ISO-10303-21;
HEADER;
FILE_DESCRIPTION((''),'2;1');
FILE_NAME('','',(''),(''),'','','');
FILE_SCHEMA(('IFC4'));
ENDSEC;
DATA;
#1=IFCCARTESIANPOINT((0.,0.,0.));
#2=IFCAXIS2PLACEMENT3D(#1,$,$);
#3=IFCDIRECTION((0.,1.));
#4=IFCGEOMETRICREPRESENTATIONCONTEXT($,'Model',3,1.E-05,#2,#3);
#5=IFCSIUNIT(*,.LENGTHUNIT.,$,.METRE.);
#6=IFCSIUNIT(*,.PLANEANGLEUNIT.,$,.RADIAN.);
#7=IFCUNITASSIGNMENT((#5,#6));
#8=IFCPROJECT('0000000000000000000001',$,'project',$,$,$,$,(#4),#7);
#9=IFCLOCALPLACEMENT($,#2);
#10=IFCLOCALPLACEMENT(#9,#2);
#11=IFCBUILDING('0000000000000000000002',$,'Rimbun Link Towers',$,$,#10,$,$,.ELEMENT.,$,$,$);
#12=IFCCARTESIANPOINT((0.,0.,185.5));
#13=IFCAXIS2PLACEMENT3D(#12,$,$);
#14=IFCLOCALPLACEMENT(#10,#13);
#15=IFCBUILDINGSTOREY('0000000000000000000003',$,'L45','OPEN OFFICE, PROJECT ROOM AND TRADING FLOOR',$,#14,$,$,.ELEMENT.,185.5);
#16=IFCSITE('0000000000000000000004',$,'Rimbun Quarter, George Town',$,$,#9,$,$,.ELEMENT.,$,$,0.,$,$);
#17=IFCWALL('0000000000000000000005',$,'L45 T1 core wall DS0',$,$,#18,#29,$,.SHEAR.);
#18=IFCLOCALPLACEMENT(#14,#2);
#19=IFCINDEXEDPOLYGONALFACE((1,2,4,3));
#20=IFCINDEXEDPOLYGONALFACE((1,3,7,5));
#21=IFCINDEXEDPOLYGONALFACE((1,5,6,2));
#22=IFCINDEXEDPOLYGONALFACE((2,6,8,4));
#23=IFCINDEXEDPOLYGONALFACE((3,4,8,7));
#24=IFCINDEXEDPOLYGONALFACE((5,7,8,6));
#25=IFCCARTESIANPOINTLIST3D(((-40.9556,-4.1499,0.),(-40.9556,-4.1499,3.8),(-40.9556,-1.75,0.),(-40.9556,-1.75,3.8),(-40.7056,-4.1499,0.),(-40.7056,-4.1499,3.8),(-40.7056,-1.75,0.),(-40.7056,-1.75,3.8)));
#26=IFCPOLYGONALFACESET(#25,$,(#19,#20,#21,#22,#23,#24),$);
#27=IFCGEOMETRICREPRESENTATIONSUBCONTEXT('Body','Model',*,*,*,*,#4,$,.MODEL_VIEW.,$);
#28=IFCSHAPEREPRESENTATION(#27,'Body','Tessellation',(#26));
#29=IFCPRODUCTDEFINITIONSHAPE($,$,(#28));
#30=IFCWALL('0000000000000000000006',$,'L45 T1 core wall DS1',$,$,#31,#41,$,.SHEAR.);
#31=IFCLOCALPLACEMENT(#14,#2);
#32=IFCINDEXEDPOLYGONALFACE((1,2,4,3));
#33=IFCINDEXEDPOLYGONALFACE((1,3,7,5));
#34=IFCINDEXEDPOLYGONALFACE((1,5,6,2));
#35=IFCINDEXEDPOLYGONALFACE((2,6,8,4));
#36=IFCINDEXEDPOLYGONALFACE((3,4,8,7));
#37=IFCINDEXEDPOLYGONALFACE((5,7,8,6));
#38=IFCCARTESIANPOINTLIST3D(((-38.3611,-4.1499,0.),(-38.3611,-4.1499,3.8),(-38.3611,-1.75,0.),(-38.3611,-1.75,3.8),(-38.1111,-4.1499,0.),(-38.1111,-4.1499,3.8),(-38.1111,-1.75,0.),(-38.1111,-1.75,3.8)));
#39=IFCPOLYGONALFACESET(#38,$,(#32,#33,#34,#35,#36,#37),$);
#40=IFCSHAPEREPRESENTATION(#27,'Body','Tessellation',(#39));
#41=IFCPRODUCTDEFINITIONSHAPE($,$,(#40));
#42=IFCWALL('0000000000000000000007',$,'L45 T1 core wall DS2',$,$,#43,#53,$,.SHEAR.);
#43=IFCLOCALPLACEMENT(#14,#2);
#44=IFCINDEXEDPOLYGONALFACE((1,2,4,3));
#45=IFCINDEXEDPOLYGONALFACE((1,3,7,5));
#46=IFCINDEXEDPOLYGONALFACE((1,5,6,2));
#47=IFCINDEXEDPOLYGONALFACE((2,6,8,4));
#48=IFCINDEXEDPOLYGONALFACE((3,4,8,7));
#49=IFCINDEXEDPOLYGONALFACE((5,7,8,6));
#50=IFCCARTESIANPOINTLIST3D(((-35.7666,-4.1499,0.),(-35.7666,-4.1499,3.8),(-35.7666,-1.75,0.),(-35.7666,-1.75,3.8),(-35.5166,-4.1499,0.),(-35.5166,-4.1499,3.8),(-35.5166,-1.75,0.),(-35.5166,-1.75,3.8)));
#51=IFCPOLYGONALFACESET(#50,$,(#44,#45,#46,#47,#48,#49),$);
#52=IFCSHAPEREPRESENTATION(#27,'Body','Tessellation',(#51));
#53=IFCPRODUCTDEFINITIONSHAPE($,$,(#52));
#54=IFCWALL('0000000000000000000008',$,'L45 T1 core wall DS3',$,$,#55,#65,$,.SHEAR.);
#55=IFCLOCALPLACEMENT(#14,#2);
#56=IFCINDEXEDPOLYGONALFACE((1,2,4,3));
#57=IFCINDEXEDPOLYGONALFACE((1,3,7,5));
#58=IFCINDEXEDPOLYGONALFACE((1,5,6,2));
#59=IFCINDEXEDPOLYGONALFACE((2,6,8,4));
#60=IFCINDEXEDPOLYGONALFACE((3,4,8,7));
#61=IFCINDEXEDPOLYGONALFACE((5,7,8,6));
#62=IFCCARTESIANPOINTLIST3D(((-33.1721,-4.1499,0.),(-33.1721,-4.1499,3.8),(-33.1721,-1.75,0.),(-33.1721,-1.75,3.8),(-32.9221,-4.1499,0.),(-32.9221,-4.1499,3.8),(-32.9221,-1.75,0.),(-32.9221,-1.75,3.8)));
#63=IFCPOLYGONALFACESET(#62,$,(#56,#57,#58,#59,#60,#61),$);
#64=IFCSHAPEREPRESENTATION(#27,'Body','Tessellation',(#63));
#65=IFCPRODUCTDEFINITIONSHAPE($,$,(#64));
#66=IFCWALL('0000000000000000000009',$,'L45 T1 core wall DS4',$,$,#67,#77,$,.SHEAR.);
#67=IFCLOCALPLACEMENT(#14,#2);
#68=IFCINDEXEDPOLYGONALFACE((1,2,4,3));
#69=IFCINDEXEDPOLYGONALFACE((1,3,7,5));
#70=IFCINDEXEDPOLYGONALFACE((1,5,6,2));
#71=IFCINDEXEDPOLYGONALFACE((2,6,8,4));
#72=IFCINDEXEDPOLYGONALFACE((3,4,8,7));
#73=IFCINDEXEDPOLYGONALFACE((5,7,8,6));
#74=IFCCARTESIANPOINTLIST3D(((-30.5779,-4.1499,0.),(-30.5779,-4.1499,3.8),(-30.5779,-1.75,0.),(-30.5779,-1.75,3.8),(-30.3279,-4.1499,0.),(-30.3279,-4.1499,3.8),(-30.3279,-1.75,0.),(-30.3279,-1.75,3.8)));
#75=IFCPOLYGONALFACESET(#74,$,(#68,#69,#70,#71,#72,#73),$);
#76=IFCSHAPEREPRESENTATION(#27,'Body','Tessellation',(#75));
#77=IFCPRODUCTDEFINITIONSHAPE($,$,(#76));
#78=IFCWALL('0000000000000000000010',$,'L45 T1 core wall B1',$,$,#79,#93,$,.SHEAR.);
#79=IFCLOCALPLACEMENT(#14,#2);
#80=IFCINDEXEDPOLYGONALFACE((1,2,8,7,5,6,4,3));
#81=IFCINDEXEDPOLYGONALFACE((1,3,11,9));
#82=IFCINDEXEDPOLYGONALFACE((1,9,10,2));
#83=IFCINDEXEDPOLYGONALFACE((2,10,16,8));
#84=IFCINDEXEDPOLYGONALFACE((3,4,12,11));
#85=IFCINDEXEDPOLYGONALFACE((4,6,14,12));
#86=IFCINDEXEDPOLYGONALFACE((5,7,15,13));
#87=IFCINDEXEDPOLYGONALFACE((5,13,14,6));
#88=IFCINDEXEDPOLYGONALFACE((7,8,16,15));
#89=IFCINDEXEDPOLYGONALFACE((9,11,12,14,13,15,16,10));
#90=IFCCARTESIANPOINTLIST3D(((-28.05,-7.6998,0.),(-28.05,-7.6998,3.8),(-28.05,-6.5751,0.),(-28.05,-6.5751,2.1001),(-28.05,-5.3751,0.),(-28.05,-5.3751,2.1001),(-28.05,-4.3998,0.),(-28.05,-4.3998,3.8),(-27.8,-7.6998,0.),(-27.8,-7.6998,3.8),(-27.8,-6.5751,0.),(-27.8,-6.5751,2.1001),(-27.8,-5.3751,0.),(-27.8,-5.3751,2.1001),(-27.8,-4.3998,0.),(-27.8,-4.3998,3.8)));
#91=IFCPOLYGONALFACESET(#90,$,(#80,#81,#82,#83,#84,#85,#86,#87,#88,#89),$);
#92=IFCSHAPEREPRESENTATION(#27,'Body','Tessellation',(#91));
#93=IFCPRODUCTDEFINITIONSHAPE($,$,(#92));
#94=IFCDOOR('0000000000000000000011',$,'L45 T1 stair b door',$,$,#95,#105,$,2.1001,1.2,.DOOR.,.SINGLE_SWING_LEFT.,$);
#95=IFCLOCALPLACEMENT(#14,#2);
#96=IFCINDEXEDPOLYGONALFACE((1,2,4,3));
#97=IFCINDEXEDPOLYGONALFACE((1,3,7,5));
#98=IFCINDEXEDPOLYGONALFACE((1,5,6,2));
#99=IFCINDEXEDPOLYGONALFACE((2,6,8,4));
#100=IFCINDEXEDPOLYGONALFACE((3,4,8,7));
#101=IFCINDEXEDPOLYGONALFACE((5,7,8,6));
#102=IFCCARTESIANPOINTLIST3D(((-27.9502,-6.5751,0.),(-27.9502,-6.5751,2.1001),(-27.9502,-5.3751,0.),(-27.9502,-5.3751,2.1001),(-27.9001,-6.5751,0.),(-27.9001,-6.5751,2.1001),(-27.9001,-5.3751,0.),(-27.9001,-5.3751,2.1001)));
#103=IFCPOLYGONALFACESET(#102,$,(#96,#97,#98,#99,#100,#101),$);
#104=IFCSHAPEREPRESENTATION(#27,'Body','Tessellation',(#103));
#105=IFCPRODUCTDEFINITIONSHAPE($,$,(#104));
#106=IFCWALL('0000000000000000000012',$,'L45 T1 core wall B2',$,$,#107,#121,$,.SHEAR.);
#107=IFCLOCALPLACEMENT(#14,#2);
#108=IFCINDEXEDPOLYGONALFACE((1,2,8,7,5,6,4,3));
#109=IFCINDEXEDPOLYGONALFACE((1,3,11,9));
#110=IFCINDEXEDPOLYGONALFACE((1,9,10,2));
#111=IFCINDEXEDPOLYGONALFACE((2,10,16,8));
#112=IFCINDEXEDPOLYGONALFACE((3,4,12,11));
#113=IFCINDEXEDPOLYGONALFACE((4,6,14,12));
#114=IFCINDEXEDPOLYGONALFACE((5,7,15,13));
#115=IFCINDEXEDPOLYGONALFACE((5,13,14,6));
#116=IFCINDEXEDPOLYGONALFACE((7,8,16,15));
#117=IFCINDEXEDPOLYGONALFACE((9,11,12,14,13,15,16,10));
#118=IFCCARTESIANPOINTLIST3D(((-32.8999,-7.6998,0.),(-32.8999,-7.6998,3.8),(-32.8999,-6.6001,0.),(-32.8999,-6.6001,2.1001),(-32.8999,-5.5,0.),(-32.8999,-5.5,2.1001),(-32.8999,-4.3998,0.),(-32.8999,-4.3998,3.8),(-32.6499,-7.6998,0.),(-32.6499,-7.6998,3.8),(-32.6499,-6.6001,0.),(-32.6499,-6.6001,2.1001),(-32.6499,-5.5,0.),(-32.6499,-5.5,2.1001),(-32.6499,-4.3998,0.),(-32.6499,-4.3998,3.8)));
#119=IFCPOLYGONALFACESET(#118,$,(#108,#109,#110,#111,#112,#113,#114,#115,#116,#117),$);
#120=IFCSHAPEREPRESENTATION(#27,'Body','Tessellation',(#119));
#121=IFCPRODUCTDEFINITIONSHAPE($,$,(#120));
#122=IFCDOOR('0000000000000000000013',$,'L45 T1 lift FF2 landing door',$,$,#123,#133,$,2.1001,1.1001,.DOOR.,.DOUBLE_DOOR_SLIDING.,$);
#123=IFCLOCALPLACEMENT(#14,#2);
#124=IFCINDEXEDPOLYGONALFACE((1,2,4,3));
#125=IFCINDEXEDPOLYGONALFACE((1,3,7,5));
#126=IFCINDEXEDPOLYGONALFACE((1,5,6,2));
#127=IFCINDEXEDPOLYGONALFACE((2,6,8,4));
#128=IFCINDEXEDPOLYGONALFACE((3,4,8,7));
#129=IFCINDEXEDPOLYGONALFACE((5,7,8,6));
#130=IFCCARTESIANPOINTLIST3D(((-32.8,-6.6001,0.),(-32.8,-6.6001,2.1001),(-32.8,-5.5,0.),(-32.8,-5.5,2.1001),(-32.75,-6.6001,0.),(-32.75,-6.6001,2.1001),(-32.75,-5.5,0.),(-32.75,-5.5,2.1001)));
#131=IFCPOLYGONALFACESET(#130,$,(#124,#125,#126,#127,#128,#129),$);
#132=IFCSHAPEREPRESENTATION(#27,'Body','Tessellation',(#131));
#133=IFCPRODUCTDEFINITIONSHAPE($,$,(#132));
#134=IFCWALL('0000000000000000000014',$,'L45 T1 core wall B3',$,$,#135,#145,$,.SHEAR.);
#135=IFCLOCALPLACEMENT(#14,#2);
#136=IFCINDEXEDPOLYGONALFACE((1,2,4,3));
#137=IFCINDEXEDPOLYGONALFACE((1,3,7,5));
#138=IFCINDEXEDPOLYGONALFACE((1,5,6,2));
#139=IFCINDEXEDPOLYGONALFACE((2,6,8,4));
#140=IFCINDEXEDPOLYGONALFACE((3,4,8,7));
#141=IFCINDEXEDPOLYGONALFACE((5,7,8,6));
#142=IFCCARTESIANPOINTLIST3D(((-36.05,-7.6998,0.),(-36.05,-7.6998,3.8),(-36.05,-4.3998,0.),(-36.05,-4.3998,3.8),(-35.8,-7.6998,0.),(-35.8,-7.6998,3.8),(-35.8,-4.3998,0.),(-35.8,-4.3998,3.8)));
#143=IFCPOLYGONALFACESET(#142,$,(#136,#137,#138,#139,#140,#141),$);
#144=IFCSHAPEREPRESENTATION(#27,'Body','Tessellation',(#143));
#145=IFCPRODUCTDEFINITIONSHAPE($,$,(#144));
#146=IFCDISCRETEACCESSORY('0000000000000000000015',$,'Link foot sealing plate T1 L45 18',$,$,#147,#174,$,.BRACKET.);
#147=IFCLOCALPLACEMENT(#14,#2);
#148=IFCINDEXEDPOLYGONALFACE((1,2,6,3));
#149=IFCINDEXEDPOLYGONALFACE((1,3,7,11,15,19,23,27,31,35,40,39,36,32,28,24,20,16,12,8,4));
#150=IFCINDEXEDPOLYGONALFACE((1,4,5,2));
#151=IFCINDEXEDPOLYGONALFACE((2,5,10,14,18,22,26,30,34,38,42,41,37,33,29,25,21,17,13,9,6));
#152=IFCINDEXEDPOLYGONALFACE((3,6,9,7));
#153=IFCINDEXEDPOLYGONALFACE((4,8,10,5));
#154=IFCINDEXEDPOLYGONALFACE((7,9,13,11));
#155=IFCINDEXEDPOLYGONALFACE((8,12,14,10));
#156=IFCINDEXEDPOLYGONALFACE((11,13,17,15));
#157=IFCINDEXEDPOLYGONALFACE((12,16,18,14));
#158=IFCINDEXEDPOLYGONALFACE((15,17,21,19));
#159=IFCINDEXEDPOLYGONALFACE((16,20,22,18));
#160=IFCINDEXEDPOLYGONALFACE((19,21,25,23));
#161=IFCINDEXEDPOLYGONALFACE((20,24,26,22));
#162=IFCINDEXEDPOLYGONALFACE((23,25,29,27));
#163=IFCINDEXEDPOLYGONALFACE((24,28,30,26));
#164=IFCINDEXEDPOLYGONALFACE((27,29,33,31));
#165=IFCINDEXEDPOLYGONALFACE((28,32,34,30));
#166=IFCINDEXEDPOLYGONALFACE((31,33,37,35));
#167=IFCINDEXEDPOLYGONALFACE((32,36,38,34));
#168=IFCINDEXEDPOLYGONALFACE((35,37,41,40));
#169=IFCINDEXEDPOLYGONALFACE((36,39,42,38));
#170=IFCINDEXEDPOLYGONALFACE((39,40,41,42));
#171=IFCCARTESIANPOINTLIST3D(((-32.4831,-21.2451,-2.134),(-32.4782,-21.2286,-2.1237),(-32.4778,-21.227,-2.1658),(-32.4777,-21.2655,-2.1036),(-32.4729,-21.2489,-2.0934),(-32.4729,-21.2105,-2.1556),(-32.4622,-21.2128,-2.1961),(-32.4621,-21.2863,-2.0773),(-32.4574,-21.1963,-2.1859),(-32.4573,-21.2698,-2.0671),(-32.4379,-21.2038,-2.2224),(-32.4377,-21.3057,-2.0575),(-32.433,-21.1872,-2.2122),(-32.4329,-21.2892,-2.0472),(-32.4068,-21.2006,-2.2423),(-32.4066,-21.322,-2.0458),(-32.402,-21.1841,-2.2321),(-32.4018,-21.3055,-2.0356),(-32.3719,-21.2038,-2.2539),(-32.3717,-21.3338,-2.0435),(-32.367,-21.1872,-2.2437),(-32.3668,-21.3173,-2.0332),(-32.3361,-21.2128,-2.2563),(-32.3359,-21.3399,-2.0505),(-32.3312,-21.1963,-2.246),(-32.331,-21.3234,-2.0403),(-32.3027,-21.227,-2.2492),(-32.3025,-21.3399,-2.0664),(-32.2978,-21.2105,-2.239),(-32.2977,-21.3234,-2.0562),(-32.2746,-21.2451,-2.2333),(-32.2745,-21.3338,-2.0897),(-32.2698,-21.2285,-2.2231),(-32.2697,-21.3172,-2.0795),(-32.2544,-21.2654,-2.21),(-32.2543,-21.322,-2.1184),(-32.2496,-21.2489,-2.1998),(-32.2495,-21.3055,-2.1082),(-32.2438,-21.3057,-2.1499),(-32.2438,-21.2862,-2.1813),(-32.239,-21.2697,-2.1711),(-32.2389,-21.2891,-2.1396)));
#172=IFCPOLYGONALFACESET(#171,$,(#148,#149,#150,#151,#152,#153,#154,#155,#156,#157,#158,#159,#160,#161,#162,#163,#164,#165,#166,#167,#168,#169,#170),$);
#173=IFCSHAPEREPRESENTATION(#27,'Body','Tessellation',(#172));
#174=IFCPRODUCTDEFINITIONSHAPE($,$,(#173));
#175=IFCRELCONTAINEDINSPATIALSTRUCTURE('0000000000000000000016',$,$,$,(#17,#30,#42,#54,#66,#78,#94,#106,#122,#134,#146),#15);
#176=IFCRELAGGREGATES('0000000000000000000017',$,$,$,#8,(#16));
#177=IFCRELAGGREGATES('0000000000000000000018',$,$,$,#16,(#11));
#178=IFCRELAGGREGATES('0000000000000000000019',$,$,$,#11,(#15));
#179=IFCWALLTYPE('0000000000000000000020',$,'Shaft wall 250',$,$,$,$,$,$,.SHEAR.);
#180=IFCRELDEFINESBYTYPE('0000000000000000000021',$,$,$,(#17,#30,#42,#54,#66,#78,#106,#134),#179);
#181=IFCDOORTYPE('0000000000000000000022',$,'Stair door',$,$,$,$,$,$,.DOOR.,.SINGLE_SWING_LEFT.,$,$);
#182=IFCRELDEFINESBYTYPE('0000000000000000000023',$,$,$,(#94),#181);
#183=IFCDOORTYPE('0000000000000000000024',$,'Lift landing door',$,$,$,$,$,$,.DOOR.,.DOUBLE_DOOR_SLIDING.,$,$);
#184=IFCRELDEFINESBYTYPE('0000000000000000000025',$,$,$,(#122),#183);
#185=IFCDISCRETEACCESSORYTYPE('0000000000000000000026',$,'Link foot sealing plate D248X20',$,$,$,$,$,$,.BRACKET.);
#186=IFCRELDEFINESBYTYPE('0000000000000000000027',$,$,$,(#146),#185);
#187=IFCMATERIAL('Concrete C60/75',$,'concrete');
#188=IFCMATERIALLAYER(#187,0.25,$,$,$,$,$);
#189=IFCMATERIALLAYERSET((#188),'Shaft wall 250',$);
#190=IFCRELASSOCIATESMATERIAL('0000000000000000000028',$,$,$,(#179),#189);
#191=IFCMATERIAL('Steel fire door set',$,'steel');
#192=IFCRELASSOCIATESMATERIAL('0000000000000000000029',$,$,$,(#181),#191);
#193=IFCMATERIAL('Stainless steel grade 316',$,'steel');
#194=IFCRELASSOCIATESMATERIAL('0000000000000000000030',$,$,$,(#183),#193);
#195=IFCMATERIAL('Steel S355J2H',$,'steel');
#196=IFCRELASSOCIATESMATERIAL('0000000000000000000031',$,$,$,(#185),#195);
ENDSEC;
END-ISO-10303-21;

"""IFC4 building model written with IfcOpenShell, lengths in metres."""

from ifc_helpers import new_model, si_unit, direction, frame, frame_2d, origin, origin_2d, place, context, subcontext, project, spatial, rectangle, circle, extrude, material, layer, layer_set, material_profile, profile_set, type_object, element, fill, save


model = new_model("IFC4")

# Units and contexts
model_context = context("Model", 3, precision=1e-05, world=origin(), true_north=direction((0.0, 1.0)))
body_context = subcontext(model_context, "Body", "Model", "MODEL_VIEW")
ifc_project = project(units=[si_unit("LENGTHUNIT", "METRE"), si_unit("PLANEANGLEUNIT", "RADIAN")], contexts=[model_context])

# Site, building, storey
site_placement = place(None, origin())
site = spatial("IfcSite", under=ifc_project, at=site_placement, Name="Rimbun Quarter, George Town", CompositionType="ELEMENT", RefElevation=0.0)
building_placement = place(site_placement, origin())
building = spatial("IfcBuilding", under=site, at=building_placement, Name="Rimbun Link Towers", CompositionType="ELEMENT")
storey_placement = place(building_placement, frame((0.0, 0.0, 185.5)))
storey = spatial("IfcBuildingStorey", under=building, at=storey_placement, Name="L45", Description="OPEN OFFICE, PROJECT ROOM AND TRADING FLOOR", CompositionType="ELEMENT", Elevation=185.5)

# Walls
ifc_material_1 = material(Name="Concrete C60/75", Category="concrete")
ifc_layer_1 = layer(ifc_material_1, 0.25)
ifc_layer_set_1 = layer_set([ifc_layer_1], Name="Shaft wall 250")
wall_type_1 = type_object("IfcWallType", Name="Shaft wall 250", PredefinedType="SHEAR", material=ifc_layer_set_1)
for number, where, z_axis, x_axis, name in (
    (1, (-40.8306, -4.1499, 0.0), (0.0, 0.0, 1.0), (0.0, 1.0, 0.0), "L45 T1 core wall DS0"),
    (2, (-38.2361, -4.1499, 0.0), (0.0, 0.0, 1.0), (0.0, 1.0, 0.0), "L45 T1 core wall DS1"),
    (3, (-35.6416, -4.1499, 0.0), (0.0, 0.0, 1.0), (0.0, 1.0, 0.0), "L45 T1 core wall DS2"),
    (4, (-33.0471, -4.1499, 0.0), (0.0, 0.0, 1.0), (0.0, 1.0, 0.0), "L45 T1 core wall DS3"),
    (5, (-30.4529, -4.1499, 0.0), (0.0, 0.0, 1.0), (0.0, 1.0, 0.0), "L45 T1 core wall DS4"),
):
    element("IfcWall", number, at=place(storey_placement, frame(where, z_axis=z_axis, x_axis=x_axis)), inside=storey, type_object=wall_type_1, Name=name, PredefinedType="SHEAR", context=body_context, shape_type="SweptSolid", body=[
        extrude(rectangle(XDim=2.3999, YDim=0.25, at=frame_2d((1.2, 0.0))), origin(), (0.0, 0.0, 1.0), 3.8),
    ])

# Walls, openings, doors
wall_1_placement = place(storey_placement, frame((-27.925, -4.3999, 0.0), z_axis=(0.0, 0.0, 1.0), x_axis=(0.0, -1.0, 0.0)))
wall_1 = element("IfcWall", 6, at=wall_1_placement, inside=storey, type_object=wall_type_1, Name="L45 T1 core wall B1", PredefinedType="SHEAR", context=body_context, shape_type="SweptSolid", body=[
    extrude(rectangle(XDim=3.3, YDim=0.25, at=frame_2d((1.6499, 0.0))), origin(), (0.0, 0.0, 1.0), 3.8),
])
opening_1_placement = place(wall_1_placement, frame((0.9751, 0.0, 0.0)))
opening_1 = element("IfcOpeningElement", 7, at=opening_1_placement, cuts=wall_1, PredefinedType="OPENING", context=body_context, shape_type="SweptSolid", body=[
    extrude(rectangle(XDim=1.2, YDim=2.1001, at=frame_2d((0.6001, 1.05))), frame((0.0, 0.135, 0.0), z_axis=(0.0, -1.0, 0.0), x_axis=(1.0, 0.0, 0.0)), (0.0, 0.0, 1.0), 0.27),
])
ifc_material_2 = material(Name="Steel fire door set", Category="steel")
door_type_1 = type_object("IfcDoorType", Name="Stair door", OperationType="SINGLE_SWING_LEFT", PredefinedType="DOOR", material=ifc_material_2)
door_1_placement = place(opening_1_placement, origin())
door_1 = element("IfcDoor", 8, at=door_1_placement, inside=storey, type_object=door_type_1, Name="L45 T1 stair b door", OperationType="SINGLE_SWING_LEFT", OverallHeight=2.1001, OverallWidth=1.2, PredefinedType="DOOR", context=body_context, shape_type="SweptSolid", body=[
    extrude(rectangle(XDim=1.2, YDim=2.1001, at=frame_2d((0.6001, 1.05))), frame((0.0, 0.0249, 0.0), z_axis=(0.0, -1.0, 0.0), x_axis=(1.0, 0.0, 0.0)), (0.0, 0.0, 1.0), 0.05),
])
fill(opening_1, door_1)
wall_2_placement = place(storey_placement, frame((-32.7749, -4.3999, 0.0), z_axis=(0.0, 0.0, 1.0), x_axis=(0.0, -1.0, 0.0)))
wall_2 = element("IfcWall", 9, at=wall_2_placement, inside=storey, type_object=wall_type_1, Name="L45 T1 core wall B2", PredefinedType="SHEAR", context=body_context, shape_type="SweptSolid", body=[
    extrude(rectangle(XDim=3.3, YDim=0.25, at=frame_2d((1.6499, 0.0))), origin(), (0.0, 0.0, 1.0), 3.8),
])
opening_2_placement = place(wall_2_placement, frame((1.1001, 0.0, 0.0)))
opening_2 = element("IfcOpeningElement", 10, at=opening_2_placement, cuts=wall_2, PredefinedType="OPENING", context=body_context, shape_type="SweptSolid", body=[
    extrude(rectangle(XDim=1.1001, YDim=2.1001, at=frame_2d((0.55, 1.05))), frame((0.0, 0.135, 0.0), z_axis=(0.0, -1.0, 0.0), x_axis=(1.0, 0.0, 0.0)), (0.0, 0.0, 1.0), 0.27),
])
ifc_material_3 = material(Name="Stainless steel grade 316", Category="steel")
door_type_2 = type_object("IfcDoorType", Name="Lift landing door", OperationType="DOUBLE_DOOR_SLIDING", PredefinedType="DOOR", material=ifc_material_3)
door_2_placement = place(opening_2_placement, origin())
door_2 = element("IfcDoor", 11, at=door_2_placement, inside=storey, type_object=door_type_2, Name="L45 T1 lift FF2 landing door", OperationType="DOUBLE_DOOR_SLIDING", OverallHeight=2.1001, OverallWidth=1.1001, PredefinedType="DOOR", context=body_context, shape_type="SweptSolid", body=[
    extrude(rectangle(XDim=1.1001, YDim=2.1001, at=frame_2d((0.55, 1.05))), frame((0.0, 0.0249, 0.0), z_axis=(0.0, -1.0, 0.0), x_axis=(1.0, 0.0, 0.0)), (0.0, 0.0, 1.0), 0.05),
])
fill(opening_2, door_2)

# Wall
wall_3_placement = place(storey_placement, frame((-35.925, -4.3999, 0.0), z_axis=(0.0, 0.0, 1.0), x_axis=(0.0, -1.0, 0.0)))
element("IfcWall", 12, at=wall_3_placement, inside=storey, type_object=wall_type_1, Name="L45 T1 core wall B3", PredefinedType="SHEAR", context=body_context, shape_type="SweptSolid", body=[
    extrude(rectangle(XDim=3.3, YDim=0.25, at=frame_2d((1.6499, 0.0))), origin(), (0.0, 0.0, 1.0), 3.8),
])

# Discrete accessory
ifc_material_4 = material(Name="Steel S355J2H", Category="steel")
ifc_material_profile_1 = material_profile(ifc_material_4, circle(Radius=0.124, at=origin_2d()), Name="PL D248")
ifc_profile_set_1 = profile_set([ifc_material_profile_1], Name="Steel S355J2H")
discrete_accessory_type = type_object("IfcDiscreteAccessoryType", Name="Link foot sealing plate D248X20", PredefinedType="BRACKET", material=ifc_profile_set_1)
discrete_accessory_placement = place(storey_placement, frame((-32.3579, -21.2542, -2.1396), z_axis=(-0.24275, -0.82535, -0.509775), x_axis=(0.959366, -0.282166, 0.0)))
element("IfcDiscreteAccessory", 13, at=discrete_accessory_placement, inside=storey, type_object=discrete_accessory_type, Name="Link foot sealing plate T1 L45 18", PredefinedType="BRACKET", context=body_context, shape_type="SweptSolid", body=[
    extrude(circle(Radius=0.124, at=origin_2d()), origin(), (0.0, 0.0, 1.0), 0.02),
])

save(model, "model.ifc")
